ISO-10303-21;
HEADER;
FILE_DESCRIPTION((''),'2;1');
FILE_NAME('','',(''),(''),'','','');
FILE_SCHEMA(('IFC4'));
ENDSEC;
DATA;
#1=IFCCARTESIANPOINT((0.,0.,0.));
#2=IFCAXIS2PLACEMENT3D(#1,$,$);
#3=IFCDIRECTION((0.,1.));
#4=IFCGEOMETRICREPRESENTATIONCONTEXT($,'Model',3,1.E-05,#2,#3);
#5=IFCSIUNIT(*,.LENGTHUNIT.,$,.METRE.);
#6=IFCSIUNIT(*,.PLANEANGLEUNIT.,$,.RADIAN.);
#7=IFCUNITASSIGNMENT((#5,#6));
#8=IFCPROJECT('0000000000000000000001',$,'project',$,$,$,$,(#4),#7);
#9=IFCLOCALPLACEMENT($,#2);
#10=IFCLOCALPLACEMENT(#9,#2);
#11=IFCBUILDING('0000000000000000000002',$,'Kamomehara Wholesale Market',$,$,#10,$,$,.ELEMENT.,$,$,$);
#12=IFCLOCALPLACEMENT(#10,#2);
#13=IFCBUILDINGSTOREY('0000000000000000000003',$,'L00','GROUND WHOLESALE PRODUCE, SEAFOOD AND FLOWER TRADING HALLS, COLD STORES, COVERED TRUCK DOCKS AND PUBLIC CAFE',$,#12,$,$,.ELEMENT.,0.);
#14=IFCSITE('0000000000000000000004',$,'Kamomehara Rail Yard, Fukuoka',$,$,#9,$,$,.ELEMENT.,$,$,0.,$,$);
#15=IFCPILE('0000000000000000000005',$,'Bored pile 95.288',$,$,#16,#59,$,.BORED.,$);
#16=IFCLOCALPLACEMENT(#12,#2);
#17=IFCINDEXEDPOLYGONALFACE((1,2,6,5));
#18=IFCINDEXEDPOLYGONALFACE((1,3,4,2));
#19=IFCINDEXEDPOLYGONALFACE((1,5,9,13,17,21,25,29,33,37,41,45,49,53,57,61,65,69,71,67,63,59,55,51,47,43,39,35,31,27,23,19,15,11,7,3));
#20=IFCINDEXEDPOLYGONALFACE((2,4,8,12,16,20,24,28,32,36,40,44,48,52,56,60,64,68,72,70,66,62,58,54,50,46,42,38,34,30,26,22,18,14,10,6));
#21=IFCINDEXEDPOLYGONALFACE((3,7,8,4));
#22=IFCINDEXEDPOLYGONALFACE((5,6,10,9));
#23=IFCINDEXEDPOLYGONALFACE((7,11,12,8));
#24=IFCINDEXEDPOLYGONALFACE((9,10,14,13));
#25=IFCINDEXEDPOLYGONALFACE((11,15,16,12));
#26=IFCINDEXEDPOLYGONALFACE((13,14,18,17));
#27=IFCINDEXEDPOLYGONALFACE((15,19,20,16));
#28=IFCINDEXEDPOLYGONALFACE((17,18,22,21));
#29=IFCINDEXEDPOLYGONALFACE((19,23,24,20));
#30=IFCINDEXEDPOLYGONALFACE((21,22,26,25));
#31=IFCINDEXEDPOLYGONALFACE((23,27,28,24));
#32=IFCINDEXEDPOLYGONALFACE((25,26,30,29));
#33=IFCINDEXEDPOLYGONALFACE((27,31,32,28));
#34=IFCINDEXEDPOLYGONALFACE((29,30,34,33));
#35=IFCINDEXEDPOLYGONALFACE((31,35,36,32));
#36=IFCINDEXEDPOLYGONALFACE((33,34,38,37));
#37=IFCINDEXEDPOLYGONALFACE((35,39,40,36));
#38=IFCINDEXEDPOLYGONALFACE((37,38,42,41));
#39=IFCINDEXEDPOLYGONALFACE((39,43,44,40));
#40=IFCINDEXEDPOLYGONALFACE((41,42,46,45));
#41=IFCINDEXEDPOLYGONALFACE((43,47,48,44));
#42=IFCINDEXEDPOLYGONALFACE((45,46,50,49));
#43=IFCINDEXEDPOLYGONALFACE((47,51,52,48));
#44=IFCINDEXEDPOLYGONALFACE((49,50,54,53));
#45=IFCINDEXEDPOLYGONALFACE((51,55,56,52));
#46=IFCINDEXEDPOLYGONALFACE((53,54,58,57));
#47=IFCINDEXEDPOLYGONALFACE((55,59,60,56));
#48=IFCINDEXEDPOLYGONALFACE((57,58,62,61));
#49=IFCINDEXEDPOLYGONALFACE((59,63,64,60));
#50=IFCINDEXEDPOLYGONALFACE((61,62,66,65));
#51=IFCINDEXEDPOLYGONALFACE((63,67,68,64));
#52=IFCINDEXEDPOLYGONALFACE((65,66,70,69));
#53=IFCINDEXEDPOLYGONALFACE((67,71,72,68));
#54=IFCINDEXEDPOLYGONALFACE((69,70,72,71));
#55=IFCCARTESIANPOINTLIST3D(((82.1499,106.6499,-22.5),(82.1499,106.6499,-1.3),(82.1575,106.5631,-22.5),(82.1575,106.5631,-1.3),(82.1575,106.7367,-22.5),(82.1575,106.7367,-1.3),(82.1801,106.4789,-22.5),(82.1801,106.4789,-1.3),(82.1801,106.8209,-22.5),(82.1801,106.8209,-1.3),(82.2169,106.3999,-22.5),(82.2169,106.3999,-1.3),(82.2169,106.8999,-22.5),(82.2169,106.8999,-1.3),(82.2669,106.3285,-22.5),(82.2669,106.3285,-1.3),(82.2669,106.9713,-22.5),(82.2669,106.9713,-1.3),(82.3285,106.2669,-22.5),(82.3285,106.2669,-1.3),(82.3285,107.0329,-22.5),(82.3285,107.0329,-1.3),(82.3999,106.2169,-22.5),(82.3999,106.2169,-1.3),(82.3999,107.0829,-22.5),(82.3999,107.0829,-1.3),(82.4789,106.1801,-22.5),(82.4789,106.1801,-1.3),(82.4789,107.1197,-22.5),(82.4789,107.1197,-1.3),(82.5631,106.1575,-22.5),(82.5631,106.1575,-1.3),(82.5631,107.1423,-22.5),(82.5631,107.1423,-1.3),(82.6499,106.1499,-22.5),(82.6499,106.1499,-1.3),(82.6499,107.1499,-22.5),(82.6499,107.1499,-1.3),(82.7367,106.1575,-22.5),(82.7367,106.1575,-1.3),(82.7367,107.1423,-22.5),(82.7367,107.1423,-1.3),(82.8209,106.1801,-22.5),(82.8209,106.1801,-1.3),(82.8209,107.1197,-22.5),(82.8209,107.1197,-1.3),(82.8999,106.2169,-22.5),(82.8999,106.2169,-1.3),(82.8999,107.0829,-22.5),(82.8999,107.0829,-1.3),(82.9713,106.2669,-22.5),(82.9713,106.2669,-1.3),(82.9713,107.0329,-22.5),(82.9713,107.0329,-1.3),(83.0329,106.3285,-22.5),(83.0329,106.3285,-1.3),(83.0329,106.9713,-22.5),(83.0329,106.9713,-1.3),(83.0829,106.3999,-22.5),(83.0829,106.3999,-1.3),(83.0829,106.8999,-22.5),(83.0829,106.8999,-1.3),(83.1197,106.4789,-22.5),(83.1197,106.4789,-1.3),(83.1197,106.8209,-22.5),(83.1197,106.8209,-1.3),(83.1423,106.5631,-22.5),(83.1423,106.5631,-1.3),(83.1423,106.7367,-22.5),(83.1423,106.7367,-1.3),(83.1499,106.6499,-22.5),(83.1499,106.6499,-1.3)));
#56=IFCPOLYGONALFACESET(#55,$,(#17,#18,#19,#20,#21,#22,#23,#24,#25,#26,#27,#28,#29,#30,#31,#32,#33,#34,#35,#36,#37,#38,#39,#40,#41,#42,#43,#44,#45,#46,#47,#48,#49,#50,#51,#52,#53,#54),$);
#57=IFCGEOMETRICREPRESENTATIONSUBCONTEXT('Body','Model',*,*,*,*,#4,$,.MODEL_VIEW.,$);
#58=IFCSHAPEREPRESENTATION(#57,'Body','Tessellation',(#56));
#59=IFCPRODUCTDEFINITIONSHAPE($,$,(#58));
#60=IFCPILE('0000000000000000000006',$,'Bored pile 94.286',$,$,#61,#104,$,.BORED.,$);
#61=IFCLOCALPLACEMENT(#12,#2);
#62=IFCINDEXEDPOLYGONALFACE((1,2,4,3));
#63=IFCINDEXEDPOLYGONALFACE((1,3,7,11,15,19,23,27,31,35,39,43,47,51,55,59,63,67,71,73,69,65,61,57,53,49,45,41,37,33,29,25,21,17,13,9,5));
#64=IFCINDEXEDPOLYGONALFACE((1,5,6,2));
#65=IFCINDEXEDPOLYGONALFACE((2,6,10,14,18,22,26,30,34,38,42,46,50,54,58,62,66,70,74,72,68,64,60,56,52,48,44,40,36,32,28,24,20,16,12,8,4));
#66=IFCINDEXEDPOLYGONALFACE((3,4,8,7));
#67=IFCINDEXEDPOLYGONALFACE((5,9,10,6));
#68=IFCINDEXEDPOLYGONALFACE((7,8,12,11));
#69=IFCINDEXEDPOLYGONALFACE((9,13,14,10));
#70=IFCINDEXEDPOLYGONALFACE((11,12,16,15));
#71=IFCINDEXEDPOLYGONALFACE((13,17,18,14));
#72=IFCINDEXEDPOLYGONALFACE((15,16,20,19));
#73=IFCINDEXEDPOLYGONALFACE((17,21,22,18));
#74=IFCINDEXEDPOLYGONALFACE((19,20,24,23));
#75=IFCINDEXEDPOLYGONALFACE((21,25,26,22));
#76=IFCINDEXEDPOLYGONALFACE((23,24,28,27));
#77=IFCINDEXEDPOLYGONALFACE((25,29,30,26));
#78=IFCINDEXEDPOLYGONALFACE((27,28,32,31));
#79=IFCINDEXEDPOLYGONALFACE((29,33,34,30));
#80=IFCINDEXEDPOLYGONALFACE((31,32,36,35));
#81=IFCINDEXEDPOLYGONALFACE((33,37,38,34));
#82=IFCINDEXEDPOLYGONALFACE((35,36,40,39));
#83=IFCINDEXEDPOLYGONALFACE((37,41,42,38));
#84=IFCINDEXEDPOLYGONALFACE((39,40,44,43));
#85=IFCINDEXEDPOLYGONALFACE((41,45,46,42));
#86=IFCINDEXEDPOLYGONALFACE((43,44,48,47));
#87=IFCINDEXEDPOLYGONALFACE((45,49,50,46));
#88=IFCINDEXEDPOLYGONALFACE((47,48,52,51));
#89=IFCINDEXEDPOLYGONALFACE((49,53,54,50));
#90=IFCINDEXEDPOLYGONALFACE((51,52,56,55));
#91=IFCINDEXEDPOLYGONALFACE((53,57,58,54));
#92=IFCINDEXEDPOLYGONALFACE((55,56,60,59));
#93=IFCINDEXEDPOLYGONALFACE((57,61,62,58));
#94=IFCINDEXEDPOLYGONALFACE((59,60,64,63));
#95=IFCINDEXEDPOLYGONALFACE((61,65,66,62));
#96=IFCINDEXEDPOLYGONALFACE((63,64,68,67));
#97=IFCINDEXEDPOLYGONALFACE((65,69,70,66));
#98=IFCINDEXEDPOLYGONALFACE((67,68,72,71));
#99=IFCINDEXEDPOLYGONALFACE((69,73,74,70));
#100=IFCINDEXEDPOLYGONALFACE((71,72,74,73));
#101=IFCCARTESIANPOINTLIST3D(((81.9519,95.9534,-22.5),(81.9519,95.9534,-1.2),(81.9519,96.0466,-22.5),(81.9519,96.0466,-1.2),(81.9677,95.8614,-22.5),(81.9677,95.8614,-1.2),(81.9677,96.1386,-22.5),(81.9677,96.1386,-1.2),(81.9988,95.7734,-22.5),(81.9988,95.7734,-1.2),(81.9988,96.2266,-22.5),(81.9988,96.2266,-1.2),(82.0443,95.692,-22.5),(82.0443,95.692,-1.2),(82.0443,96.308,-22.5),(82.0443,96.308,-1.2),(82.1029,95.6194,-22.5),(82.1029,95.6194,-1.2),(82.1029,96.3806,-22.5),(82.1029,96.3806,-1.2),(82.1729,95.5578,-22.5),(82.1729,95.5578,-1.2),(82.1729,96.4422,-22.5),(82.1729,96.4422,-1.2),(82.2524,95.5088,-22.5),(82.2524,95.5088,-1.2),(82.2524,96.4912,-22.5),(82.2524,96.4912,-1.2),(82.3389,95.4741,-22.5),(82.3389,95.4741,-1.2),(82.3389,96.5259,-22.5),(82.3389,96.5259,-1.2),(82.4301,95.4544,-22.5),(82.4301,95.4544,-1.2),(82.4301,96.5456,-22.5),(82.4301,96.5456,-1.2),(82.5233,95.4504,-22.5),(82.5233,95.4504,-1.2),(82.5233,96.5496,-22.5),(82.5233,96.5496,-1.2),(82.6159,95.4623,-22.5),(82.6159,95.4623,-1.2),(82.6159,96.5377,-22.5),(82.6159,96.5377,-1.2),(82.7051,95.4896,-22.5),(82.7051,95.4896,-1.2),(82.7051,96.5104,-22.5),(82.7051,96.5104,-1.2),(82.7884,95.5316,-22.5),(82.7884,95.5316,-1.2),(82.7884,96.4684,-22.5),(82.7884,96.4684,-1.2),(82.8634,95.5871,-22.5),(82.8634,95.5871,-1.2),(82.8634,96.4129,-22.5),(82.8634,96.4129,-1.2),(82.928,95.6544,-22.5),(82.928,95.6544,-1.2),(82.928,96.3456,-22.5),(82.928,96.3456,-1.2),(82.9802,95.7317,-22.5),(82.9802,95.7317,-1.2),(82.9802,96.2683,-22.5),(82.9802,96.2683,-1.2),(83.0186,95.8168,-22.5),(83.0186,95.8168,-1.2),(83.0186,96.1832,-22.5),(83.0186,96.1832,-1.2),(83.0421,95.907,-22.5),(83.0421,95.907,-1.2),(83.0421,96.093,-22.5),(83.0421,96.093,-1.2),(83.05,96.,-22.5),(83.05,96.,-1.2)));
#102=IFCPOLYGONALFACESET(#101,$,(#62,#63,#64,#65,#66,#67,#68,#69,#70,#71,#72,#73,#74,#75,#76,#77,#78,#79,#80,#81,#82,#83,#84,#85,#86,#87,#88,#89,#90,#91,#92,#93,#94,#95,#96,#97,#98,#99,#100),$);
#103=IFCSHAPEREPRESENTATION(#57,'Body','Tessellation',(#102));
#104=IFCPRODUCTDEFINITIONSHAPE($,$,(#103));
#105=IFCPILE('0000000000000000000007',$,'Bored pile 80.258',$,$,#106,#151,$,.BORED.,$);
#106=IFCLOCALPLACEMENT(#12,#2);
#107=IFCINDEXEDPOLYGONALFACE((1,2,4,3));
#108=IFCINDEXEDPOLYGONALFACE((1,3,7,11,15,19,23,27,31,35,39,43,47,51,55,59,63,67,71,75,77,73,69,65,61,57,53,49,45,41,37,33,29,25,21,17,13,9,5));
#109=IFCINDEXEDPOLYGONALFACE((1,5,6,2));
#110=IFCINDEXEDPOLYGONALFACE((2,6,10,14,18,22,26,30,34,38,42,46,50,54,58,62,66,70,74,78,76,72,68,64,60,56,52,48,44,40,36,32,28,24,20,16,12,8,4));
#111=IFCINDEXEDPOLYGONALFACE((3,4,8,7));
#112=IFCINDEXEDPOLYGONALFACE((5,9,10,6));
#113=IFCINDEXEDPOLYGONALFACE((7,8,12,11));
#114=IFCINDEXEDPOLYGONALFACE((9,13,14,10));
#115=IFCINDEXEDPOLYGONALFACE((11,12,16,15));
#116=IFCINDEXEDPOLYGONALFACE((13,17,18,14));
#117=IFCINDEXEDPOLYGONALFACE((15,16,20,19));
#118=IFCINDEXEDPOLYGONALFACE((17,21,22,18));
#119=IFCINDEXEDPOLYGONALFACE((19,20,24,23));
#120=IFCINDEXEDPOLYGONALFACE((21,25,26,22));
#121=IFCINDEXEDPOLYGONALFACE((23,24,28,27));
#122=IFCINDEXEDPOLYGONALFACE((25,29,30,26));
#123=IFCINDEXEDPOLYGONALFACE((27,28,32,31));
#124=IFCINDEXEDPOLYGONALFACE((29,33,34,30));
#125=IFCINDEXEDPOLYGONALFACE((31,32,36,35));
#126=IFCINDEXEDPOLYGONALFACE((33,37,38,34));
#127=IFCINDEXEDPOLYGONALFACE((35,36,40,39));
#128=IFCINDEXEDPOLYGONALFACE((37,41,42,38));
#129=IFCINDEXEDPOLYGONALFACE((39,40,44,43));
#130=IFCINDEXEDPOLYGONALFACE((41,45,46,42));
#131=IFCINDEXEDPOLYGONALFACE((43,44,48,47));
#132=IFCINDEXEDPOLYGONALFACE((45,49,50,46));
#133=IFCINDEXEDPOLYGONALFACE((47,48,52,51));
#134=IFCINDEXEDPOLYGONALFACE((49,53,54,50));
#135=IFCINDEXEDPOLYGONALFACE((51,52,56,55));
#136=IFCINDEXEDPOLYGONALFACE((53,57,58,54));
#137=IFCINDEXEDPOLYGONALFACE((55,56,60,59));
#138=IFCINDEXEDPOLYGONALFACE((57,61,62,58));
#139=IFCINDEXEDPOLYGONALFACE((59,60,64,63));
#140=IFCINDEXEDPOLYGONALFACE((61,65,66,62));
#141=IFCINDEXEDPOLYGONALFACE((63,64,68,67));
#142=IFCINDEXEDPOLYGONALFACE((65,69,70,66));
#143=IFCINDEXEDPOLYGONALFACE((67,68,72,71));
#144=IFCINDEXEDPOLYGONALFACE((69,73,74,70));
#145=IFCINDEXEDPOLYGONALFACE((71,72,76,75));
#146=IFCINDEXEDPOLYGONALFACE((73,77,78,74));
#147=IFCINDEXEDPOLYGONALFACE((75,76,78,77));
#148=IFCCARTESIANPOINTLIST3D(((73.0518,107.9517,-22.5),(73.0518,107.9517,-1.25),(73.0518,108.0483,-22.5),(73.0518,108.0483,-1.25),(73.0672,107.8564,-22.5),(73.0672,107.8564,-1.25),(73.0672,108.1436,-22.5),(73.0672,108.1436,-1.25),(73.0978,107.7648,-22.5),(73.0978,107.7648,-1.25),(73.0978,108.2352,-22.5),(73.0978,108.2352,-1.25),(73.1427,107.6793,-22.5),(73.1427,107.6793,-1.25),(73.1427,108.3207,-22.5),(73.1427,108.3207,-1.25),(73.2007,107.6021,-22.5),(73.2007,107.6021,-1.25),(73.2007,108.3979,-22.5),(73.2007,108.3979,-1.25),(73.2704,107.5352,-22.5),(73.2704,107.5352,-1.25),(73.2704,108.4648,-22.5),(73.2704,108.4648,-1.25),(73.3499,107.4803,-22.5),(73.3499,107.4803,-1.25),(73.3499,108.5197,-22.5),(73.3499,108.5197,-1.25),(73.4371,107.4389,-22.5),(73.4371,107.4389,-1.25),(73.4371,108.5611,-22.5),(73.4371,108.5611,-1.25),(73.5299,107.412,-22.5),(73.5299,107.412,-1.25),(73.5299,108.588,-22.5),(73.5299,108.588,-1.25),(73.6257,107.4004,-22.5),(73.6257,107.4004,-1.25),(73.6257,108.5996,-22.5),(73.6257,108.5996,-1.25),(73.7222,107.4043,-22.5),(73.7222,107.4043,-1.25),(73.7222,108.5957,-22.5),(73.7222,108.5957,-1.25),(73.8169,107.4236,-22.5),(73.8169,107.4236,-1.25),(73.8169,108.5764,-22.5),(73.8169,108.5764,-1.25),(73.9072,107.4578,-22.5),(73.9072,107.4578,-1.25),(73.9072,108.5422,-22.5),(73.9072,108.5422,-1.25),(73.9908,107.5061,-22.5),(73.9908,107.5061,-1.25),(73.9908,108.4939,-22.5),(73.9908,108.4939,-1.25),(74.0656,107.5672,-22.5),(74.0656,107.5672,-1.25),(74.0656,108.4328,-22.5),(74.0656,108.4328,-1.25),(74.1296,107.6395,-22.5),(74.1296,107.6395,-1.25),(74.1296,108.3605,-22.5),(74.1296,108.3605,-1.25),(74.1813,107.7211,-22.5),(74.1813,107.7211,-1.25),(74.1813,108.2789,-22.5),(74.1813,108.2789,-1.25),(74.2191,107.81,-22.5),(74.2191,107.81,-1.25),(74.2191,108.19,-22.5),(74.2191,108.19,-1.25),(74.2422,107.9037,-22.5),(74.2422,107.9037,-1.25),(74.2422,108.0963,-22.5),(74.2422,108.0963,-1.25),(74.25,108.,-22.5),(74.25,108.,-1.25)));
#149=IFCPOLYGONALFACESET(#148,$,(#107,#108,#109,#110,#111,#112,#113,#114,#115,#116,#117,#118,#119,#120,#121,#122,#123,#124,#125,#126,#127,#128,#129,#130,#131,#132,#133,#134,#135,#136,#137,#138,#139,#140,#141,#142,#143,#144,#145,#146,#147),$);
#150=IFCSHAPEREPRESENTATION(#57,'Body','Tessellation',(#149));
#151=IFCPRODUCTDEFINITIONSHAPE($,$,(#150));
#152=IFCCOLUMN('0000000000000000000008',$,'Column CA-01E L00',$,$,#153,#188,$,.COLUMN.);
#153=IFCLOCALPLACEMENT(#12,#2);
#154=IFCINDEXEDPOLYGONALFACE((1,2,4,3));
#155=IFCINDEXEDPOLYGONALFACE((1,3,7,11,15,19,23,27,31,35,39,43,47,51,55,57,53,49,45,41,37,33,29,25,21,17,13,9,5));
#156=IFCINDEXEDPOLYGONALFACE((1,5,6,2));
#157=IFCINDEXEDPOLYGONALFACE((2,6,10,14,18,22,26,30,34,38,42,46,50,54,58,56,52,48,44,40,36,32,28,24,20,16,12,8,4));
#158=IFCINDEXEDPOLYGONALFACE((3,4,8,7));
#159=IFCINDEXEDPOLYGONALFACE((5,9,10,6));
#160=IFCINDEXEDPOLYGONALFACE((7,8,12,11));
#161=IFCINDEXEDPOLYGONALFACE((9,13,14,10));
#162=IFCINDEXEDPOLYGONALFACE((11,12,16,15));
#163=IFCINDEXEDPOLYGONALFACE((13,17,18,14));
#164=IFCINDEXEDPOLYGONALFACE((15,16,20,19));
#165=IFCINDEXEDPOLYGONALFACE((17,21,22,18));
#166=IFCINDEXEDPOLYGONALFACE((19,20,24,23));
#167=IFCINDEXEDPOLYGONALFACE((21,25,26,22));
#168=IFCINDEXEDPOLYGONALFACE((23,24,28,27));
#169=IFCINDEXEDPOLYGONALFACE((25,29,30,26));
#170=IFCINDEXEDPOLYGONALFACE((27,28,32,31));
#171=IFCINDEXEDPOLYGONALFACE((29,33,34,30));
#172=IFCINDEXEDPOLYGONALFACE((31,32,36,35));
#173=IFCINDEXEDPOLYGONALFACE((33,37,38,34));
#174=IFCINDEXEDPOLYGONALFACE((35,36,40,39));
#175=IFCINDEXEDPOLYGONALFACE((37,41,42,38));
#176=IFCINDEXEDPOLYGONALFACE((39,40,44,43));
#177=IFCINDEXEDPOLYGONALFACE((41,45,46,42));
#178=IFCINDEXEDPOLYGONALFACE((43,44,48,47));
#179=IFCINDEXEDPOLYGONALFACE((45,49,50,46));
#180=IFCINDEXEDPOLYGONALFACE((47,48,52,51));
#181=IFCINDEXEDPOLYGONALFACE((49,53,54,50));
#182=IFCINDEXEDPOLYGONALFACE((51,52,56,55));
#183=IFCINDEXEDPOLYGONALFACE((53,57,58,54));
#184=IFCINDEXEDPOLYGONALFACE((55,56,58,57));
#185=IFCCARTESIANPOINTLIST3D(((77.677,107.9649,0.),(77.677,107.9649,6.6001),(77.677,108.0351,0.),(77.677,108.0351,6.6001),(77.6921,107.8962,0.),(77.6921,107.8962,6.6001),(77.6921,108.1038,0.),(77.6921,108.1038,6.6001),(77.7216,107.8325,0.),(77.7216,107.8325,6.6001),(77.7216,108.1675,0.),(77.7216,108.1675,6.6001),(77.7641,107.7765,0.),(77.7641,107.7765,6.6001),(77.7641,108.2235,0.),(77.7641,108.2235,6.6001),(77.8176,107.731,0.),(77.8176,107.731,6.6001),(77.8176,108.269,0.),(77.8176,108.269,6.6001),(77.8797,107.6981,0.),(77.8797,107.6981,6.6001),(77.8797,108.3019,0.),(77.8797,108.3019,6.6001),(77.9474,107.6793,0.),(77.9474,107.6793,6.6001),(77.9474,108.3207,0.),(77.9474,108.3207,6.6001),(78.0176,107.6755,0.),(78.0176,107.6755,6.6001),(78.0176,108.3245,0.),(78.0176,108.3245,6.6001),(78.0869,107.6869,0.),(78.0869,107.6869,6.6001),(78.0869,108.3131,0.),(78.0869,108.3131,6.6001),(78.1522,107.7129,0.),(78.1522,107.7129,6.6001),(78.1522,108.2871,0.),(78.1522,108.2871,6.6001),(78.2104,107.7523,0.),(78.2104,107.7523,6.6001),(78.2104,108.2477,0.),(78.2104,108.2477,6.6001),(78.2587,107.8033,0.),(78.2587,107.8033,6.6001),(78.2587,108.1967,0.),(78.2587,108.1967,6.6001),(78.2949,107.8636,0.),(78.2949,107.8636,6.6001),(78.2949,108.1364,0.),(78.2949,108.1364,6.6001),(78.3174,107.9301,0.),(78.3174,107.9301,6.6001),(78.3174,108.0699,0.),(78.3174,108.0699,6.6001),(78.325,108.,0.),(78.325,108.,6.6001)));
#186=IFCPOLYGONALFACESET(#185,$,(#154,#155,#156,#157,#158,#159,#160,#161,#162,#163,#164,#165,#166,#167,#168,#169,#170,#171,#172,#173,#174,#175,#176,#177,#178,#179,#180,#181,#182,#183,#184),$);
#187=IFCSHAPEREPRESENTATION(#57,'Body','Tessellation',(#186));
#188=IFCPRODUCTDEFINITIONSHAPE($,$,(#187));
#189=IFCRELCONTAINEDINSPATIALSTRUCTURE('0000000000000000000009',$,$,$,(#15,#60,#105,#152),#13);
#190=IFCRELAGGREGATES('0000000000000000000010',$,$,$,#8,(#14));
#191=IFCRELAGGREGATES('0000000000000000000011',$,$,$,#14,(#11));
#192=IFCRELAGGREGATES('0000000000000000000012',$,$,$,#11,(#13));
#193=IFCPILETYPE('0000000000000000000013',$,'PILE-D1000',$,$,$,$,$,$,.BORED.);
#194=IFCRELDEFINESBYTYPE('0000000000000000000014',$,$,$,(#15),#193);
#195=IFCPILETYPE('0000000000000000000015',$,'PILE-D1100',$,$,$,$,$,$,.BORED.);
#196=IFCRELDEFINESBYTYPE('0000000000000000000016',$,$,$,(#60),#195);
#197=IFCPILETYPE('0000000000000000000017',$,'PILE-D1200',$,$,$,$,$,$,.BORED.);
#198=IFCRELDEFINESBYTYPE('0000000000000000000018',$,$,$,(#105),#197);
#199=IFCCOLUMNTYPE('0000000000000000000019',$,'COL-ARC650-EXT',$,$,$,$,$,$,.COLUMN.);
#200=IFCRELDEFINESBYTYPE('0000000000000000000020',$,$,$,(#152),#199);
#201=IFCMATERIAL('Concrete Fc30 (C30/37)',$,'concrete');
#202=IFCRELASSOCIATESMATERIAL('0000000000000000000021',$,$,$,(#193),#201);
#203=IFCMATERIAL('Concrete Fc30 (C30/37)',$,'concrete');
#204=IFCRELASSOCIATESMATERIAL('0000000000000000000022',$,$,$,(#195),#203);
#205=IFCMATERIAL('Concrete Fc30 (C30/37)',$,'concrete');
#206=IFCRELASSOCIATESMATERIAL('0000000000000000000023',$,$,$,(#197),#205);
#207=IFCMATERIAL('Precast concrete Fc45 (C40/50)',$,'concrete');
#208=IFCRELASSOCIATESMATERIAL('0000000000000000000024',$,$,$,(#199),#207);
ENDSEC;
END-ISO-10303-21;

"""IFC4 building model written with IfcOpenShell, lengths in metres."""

from ifc_helpers import new_model, si_unit, direction, frame, origin, origin_2d, place, context, subcontext, project, spatial, circle, extrude, material, material_profile, profile_set, type_object, element, save


model = new_model("IFC4")

# Units and contexts
model_context = context("Model", 3, precision=1e-05, world=origin(), true_north=direction((0.0, 1.0)))
body_context = subcontext(model_context, "Body", "Model", "MODEL_VIEW")
ifc_project = project(units=[si_unit("LENGTHUNIT", "METRE"), si_unit("PLANEANGLEUNIT", "RADIAN")], contexts=[model_context])

# Site, building, storey
site_placement = place(None, origin())
site = spatial("IfcSite", under=ifc_project, at=site_placement, Name="Kamomehara Rail Yard, Fukuoka", CompositionType="ELEMENT", RefElevation=0.0)
building_placement = place(site_placement, origin())
building = spatial("IfcBuilding", under=site, at=building_placement, Name="Kamomehara Wholesale Market", CompositionType="ELEMENT")
storey_placement = place(building_placement, origin())
storey = spatial("IfcBuildingStorey", under=building, at=storey_placement, Name="L00", Description="GROUND WHOLESALE PRODUCE, SEAFOOD AND FLOWER TRADING HALLS, COLD STORES, COVERED TRUCK DOCKS AND PUBLIC CAFE", CompositionType="ELEMENT", Elevation=0.0)

# Piles
ifc_material_1 = material(Name="Concrete Fc30 (C30/37)", Category="concrete")
ifc_material_profile_1 = material_profile(ifc_material_1, circle(Radius=0.5, at=origin_2d()), Name="RC-PILE-D1000")
ifc_profile_set_1 = profile_set([ifc_material_profile_1], Name="Concrete Fc30 (C30/37)")
pile_type_1 = type_object("IfcPileType", Name="PILE-D1000", PredefinedType="BORED", material=ifc_profile_set_1)
pile_1_placement = place(storey_placement, frame((82.6499, 106.6499, -1.3), z_axis=(0.0, 0.0, -1.0), x_axis=(1.0, 0.0, 0.0)))
element("IfcPile", 1, at=pile_1_placement, inside=storey, type_object=pile_type_1, Name="Bored pile 95.288", PredefinedType="BORED", context=body_context, shape_type="SweptSolid", body=[
    extrude(circle(Radius=0.5, at=origin_2d()), origin(), (0.0, 0.0, 1.0), 21.2),
])
ifc_material_2 = material(Name="Concrete Fc30 (C30/37)", Category="concrete")
ifc_material_profile_2 = material_profile(ifc_material_2, circle(Radius=0.55, at=origin_2d()), Name="RC-PILE-D1100")
ifc_profile_set_2 = profile_set([ifc_material_profile_2], Name="Concrete Fc30 (C30/37)")
pile_type_2 = type_object("IfcPileType", Name="PILE-D1100", PredefinedType="BORED", material=ifc_profile_set_2)
pile_2_placement = place(storey_placement, frame((82.5, 96.0, -1.2), z_axis=(0.0, 0.0, -1.0), x_axis=(1.0, 0.0, 0.0)))
element("IfcPile", 2, at=pile_2_placement, inside=storey, type_object=pile_type_2, Name="Bored pile 94.286", PredefinedType="BORED", context=body_context, shape_type="SweptSolid", body=[
    extrude(circle(Radius=0.55, at=origin_2d()), origin(), (0.0, 0.0, 1.0), 21.3),
])
ifc_material_3 = material(Name="Concrete Fc30 (C30/37)", Category="concrete")
ifc_material_profile_3 = material_profile(ifc_material_3, circle(Radius=0.6001, at=origin_2d()), Name="RC-PILE-D1200")
ifc_profile_set_3 = profile_set([ifc_material_profile_3], Name="Concrete Fc30 (C30/37)")
pile_type_3 = type_object("IfcPileType", Name="PILE-D1200", PredefinedType="BORED", material=ifc_profile_set_3)
pile_3_placement = place(storey_placement, frame((73.6499, 108.0, -1.25), z_axis=(0.0, 0.0, -1.0), x_axis=(1.0, 0.0, 0.0)))
element("IfcPile", 3, at=pile_3_placement, inside=storey, type_object=pile_type_3, Name="Bored pile 80.258", PredefinedType="BORED", context=body_context, shape_type="SweptSolid", body=[
    extrude(circle(Radius=0.6001, at=origin_2d()), origin(), (0.0, 0.0, 1.0), 21.25),
])

# Column
ifc_material_4 = material(Name="Precast concrete Fc45 (C40/50)", Category="concrete")
ifc_material_profile_4 = material_profile(ifc_material_4, circle(Radius=0.325, at=origin_2d()), Name="PC-ARC-D650")
ifc_profile_set_4 = profile_set([ifc_material_profile_4], Name="Precast concrete Fc45 (C40/50)")
column_type_1 = type_object("IfcColumnType", Name="COL-ARC650-EXT", PredefinedType="COLUMN", material=ifc_profile_set_4)
column_1_placement = place(storey_placement, frame((78.0, 108.0, 0.0), z_axis=(0.0, 0.0, 1.0), x_axis=(1.0, 0.0, 0.0)))
element("IfcColumn", 4, at=column_1_placement, inside=storey, type_object=column_type_1, Name="Column CA-01E L00", PredefinedType="COLUMN", context=body_context, shape_type="SweptSolid", body=[
    extrude(circle(Radius=0.325, at=origin_2d()), origin(), (0.0, 0.0, 1.0), 6.6001),
])

save(model, "model.ifc")
